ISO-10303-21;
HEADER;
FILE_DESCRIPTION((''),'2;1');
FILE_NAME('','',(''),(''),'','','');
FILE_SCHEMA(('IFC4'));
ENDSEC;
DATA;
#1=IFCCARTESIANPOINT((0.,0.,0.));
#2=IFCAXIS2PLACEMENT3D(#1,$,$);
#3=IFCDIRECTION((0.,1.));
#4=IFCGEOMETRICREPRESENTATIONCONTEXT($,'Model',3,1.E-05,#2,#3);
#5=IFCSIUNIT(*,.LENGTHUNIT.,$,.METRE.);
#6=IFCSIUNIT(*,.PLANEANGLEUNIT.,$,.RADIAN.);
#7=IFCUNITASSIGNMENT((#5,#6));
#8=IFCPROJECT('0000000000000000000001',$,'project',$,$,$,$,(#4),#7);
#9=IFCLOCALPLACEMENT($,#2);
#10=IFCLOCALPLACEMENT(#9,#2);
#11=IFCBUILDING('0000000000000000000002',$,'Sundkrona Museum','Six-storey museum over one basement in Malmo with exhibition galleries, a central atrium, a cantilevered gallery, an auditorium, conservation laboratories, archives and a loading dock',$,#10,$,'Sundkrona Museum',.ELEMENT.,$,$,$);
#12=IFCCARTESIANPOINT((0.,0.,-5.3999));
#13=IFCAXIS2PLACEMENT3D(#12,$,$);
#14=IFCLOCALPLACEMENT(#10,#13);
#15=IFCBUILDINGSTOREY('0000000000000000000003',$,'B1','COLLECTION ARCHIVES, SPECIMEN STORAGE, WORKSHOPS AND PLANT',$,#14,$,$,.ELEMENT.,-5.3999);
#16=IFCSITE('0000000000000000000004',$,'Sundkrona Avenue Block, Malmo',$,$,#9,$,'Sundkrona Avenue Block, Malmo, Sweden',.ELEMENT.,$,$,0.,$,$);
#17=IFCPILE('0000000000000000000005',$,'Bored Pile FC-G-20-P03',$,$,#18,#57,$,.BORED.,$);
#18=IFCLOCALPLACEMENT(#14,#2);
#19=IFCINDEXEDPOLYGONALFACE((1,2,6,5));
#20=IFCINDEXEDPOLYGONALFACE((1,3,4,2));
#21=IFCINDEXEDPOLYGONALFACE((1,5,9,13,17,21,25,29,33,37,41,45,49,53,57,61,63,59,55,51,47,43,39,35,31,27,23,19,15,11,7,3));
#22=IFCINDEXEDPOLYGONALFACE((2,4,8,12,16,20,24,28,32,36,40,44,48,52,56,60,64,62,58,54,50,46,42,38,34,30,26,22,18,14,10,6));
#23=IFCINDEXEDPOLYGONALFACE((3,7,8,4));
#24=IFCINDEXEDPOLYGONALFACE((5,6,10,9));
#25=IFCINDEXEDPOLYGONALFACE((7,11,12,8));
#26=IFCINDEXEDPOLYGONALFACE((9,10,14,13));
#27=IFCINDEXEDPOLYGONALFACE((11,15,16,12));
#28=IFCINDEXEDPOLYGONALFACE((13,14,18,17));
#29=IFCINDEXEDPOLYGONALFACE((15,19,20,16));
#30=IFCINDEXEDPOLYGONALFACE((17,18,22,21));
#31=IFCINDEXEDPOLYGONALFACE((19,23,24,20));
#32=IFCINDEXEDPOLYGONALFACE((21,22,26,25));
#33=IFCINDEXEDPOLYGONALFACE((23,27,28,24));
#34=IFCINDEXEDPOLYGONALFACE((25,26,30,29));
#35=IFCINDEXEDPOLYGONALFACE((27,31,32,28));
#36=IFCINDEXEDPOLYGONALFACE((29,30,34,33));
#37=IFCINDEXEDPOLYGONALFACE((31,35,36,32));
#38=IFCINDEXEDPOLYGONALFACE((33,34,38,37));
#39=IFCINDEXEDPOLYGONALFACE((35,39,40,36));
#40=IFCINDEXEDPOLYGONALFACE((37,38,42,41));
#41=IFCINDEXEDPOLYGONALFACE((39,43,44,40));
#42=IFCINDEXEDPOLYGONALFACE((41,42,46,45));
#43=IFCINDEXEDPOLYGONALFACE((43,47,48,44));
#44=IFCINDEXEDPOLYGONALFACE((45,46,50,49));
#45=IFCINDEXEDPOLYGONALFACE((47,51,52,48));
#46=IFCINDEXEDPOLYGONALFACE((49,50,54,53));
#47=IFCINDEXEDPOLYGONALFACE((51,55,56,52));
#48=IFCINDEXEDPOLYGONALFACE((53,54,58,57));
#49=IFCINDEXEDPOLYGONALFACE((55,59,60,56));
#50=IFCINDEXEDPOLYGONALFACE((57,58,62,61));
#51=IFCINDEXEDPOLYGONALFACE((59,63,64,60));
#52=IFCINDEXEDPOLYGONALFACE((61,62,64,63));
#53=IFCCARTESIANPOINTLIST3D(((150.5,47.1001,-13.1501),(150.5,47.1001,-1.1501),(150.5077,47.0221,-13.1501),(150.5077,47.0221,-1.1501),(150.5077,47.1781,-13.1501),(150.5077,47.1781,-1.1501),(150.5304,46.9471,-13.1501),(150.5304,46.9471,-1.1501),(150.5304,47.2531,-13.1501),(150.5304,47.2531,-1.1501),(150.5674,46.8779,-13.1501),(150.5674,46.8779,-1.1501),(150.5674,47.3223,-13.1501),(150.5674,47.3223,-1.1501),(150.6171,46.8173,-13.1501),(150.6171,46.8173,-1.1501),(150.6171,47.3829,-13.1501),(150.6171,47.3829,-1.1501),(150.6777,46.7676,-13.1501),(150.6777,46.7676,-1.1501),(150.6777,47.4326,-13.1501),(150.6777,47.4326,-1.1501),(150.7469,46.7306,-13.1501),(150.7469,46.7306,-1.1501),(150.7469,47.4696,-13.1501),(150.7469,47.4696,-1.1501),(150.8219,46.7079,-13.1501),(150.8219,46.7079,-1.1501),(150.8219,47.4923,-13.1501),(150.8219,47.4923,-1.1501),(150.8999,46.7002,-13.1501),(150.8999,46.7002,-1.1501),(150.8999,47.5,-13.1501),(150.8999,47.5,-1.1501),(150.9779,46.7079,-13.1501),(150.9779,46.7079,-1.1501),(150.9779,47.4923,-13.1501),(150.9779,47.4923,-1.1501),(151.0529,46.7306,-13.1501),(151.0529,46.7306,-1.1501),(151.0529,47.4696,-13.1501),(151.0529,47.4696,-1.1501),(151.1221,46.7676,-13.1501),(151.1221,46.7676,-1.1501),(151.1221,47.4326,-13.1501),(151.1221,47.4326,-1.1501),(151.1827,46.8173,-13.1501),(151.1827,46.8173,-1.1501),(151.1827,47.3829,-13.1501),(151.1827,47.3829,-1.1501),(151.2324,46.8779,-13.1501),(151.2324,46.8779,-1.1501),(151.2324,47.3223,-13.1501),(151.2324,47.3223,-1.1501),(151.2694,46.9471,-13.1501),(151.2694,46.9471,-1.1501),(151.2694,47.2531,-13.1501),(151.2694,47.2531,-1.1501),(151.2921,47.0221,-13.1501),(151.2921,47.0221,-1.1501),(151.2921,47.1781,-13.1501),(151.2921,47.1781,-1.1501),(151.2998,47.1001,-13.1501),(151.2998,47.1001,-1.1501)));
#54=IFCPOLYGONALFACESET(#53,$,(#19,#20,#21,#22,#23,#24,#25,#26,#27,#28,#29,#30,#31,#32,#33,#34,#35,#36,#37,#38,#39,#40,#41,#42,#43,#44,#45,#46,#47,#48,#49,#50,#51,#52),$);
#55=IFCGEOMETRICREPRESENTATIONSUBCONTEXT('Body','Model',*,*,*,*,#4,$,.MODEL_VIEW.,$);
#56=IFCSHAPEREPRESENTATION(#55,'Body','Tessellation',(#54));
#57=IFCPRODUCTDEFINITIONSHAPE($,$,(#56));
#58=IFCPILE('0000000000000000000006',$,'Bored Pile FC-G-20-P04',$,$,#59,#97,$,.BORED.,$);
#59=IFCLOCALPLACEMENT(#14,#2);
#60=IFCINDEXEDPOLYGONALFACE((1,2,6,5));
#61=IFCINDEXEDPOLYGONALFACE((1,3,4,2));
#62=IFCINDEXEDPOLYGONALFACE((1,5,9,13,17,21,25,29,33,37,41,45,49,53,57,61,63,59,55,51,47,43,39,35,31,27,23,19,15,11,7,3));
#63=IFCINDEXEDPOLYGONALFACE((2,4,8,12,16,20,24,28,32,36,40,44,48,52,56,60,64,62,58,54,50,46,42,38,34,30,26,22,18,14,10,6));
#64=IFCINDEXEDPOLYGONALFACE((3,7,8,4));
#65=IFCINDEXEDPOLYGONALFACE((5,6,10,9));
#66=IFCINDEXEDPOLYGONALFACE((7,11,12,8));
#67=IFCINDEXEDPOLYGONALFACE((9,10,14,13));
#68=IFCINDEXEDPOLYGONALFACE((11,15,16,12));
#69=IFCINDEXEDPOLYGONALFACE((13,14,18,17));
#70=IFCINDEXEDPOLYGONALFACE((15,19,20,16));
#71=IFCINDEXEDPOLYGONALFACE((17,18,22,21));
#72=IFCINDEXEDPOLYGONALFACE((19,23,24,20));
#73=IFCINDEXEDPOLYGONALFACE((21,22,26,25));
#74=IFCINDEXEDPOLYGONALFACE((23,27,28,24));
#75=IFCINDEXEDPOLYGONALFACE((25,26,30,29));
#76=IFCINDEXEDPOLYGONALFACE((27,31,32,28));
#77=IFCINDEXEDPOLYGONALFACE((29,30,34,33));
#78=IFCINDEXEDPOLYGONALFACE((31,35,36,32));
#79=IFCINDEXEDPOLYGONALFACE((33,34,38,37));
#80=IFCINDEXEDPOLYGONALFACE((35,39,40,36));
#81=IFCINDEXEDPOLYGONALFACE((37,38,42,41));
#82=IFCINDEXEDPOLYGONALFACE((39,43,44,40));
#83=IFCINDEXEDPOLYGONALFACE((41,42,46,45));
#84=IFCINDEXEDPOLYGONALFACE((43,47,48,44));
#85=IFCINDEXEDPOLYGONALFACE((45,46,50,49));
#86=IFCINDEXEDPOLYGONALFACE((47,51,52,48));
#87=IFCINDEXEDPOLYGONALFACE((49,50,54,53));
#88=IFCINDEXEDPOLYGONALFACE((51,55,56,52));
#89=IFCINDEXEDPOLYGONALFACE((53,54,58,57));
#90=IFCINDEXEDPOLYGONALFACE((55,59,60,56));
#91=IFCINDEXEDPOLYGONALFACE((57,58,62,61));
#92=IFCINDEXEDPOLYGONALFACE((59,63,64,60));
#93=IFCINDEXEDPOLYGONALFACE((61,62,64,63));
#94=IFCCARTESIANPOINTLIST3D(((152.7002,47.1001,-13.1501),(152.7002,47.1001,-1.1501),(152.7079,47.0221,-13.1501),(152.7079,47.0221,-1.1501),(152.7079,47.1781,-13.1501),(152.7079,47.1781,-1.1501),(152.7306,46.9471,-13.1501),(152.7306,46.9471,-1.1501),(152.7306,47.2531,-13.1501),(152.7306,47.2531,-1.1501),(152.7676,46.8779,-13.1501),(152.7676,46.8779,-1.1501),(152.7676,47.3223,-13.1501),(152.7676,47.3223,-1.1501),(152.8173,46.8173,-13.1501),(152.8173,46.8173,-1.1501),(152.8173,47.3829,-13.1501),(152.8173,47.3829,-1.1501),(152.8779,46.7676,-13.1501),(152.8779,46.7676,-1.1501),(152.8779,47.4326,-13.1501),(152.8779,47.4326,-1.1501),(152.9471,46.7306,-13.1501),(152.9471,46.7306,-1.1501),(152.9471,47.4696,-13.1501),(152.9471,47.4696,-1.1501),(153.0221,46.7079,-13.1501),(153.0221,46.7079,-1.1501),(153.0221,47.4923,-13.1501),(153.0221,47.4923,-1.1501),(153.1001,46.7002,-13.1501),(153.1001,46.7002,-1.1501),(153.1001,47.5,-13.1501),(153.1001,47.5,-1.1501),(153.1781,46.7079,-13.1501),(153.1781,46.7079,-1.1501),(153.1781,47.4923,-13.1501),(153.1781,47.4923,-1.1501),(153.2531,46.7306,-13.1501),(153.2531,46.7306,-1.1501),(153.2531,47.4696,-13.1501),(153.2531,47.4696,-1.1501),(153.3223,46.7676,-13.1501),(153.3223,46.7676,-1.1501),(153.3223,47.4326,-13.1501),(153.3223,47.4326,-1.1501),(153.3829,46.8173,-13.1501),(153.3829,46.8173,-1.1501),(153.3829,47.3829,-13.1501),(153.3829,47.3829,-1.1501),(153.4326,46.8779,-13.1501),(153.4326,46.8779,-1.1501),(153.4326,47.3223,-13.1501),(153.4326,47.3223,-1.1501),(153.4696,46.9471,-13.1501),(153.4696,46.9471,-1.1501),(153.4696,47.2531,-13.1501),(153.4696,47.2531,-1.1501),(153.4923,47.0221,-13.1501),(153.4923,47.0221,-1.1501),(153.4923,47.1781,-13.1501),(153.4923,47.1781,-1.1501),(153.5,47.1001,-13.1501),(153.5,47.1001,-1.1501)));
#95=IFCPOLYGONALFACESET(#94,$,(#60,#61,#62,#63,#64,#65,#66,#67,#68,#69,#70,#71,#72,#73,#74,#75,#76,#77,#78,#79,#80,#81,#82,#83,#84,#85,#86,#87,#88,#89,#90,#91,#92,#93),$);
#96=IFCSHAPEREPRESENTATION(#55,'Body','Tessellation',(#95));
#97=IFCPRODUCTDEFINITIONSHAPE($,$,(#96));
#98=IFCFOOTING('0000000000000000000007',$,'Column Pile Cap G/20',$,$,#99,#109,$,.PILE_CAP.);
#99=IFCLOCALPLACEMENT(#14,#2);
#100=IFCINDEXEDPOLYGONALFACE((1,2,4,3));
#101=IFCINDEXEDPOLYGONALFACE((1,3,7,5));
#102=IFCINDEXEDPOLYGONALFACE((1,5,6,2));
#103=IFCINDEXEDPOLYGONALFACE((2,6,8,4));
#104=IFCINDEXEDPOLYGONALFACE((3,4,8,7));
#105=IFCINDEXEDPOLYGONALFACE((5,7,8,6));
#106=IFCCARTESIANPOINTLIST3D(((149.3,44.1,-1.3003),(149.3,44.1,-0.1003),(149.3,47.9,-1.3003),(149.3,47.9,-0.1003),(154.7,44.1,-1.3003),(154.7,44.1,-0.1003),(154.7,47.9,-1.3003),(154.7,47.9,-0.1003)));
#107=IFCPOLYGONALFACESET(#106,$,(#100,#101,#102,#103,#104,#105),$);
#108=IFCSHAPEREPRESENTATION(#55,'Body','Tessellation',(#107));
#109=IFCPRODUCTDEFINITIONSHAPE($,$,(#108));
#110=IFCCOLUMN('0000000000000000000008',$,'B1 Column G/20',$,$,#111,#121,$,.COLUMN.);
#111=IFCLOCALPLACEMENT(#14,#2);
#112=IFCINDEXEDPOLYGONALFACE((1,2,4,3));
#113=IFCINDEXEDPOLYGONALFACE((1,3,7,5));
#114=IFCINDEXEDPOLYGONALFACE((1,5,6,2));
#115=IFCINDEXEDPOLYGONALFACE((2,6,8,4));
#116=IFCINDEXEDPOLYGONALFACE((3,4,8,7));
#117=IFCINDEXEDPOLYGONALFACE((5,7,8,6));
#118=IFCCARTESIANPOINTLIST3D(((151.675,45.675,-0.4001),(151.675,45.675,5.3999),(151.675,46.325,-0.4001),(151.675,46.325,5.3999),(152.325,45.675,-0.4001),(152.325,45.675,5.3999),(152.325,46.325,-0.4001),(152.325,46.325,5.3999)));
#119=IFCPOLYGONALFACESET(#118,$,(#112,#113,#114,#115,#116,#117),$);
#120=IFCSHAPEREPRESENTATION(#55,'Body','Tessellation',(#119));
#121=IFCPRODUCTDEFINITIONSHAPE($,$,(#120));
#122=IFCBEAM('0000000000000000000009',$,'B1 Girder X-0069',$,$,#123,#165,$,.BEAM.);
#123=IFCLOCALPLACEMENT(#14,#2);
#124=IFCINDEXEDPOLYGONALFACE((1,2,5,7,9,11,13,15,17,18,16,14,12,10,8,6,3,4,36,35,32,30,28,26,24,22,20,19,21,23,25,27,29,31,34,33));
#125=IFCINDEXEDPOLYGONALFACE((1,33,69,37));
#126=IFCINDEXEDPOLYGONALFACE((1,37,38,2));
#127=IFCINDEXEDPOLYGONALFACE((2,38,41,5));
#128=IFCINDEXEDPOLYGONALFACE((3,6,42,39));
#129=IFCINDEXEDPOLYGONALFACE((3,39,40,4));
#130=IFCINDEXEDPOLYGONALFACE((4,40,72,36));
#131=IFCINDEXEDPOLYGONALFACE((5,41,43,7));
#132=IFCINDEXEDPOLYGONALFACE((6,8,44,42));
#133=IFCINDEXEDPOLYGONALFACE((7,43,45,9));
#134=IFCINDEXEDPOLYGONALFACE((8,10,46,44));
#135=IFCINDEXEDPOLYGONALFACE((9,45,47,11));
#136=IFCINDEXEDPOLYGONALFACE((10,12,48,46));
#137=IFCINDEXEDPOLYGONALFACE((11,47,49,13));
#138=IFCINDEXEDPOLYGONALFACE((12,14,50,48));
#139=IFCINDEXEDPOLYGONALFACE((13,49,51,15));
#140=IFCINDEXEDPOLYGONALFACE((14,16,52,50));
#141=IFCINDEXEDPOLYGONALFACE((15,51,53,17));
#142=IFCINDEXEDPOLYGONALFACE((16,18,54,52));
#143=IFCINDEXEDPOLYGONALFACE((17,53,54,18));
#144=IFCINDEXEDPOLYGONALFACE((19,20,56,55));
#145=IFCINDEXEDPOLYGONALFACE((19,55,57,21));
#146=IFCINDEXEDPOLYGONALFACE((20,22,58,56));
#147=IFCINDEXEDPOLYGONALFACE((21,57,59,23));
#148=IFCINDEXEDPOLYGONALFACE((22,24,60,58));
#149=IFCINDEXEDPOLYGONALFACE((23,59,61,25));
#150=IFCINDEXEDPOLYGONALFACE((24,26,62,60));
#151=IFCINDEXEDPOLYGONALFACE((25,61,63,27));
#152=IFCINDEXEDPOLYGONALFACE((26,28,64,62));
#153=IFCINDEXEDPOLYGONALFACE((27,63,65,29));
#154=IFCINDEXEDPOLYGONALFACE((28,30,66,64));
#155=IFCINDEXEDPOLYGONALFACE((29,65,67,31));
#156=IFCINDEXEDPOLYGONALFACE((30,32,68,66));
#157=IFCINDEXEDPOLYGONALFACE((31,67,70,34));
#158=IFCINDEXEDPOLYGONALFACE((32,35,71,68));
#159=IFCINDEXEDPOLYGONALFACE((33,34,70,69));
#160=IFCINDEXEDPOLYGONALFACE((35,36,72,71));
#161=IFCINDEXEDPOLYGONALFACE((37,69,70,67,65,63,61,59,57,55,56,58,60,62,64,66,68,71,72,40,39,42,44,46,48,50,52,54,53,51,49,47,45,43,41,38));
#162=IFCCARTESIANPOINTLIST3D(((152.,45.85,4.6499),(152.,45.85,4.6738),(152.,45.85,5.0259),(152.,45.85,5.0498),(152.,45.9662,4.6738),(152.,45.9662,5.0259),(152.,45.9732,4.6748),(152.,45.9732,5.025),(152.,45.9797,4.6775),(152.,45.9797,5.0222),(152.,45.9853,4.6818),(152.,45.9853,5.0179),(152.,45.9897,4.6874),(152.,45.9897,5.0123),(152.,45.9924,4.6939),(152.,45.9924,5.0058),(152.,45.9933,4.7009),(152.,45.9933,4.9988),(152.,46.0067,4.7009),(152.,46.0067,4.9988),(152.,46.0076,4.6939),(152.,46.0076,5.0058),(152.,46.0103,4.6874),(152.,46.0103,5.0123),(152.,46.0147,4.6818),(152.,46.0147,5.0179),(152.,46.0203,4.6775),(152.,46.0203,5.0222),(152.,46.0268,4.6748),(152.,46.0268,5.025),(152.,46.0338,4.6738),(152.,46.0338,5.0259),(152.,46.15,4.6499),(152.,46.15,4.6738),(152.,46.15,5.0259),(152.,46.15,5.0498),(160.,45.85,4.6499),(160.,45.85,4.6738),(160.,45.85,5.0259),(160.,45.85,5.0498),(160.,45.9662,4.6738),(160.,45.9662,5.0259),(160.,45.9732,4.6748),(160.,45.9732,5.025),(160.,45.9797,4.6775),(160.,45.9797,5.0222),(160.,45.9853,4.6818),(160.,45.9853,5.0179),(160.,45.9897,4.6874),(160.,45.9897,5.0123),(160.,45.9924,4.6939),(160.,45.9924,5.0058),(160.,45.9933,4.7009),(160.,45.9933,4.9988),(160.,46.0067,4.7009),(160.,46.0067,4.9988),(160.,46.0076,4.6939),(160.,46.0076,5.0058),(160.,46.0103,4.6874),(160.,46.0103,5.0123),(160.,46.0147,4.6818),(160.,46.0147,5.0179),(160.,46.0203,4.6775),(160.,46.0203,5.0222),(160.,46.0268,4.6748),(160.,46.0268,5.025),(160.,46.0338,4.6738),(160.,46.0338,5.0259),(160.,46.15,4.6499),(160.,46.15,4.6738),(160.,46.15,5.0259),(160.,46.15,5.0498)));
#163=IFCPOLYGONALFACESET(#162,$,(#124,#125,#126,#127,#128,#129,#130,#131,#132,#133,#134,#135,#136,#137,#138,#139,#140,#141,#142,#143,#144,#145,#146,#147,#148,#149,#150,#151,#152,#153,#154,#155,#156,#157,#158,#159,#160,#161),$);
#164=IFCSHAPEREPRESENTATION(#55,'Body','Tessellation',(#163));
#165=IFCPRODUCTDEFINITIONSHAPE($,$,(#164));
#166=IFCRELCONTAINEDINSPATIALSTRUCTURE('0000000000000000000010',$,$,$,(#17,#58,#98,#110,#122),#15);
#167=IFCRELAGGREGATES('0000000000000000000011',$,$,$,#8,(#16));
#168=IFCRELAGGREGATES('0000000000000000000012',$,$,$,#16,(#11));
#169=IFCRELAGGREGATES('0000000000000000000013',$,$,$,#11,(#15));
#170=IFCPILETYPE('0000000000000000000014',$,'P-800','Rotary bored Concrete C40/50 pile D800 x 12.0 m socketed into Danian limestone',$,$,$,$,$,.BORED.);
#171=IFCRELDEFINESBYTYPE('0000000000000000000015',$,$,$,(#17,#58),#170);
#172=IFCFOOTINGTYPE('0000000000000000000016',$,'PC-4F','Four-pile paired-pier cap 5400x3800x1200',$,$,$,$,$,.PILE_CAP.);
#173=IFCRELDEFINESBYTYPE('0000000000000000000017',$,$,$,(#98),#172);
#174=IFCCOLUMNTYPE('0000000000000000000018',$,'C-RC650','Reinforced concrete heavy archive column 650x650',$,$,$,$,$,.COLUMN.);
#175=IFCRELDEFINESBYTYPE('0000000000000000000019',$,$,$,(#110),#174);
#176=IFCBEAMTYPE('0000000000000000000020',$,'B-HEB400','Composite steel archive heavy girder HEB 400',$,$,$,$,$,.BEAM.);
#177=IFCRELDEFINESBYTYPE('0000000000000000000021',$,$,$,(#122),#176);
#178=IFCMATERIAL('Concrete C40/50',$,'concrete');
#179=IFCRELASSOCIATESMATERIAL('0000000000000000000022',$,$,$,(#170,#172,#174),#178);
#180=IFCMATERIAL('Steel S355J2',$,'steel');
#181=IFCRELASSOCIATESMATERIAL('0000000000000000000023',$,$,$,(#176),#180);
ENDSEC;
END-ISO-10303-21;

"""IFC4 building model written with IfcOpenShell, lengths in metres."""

from ifc_helpers import new_model, si_unit, direction, frame, origin, origin_2d, place, context, subcontext, project, spatial, rectangle, circle, i_section, extrude, material, material_profile, profile_set, type_object, element, save


model = new_model("IFC4")

# Units and contexts
model_context = context("Model", 3, precision=1e-05, world=origin(), true_north=direction((0.0, 1.0)))
body_context = subcontext(model_context, "Body", "Model", "MODEL_VIEW")
ifc_project = project(units=[si_unit("LENGTHUNIT", "METRE"), si_unit("PLANEANGLEUNIT", "RADIAN")], contexts=[model_context])

# Site, building, storey
site_placement = place(None, origin())
site = spatial("IfcSite", under=ifc_project, at=site_placement, Name="Sundkrona Avenue Block, Malmo", LongName="Sundkrona Avenue Block, Malmo, Sweden", CompositionType="ELEMENT", RefElevation=0.0)
building_placement = place(site_placement, origin())
building = spatial("IfcBuilding", under=site, at=building_placement, Name="Sundkrona Museum", Description="Six-storey museum over one basement in Malmo with exhibition galleries, a central atrium, a cantilevered gallery, an auditorium, conservation laboratories, archives and a loading dock", LongName="Sundkrona Museum", CompositionType="ELEMENT")
storey_placement = place(building_placement, frame((0.0, 0.0, -5.3999)))
storey = spatial("IfcBuildingStorey", under=building, at=storey_placement, Name="B1", Description="COLLECTION ARCHIVES, SPECIMEN STORAGE, WORKSHOPS AND PLANT", CompositionType="ELEMENT", Elevation=-5.3999)

# Shared definitions
ifc_material_1 = material(Name="Concrete C40/50", Category="concrete")

# Piles
ifc_material_profile_1 = material_profile(ifc_material_1, circle(Radius=0.3999, at=origin_2d()), Name="PILE D800")
ifc_profile_set_1 = profile_set([ifc_material_profile_1], Name="Concrete C40/50")
pile_type = type_object("IfcPileType", Name="P-800", Description="Rotary bored Concrete C40/50 pile D800 x 12.0 m socketed into Danian limestone", PredefinedType="BORED", material=ifc_profile_set_1)
for number, where, z_axis, x_axis, name in (
    (1, (150.8999, 47.1001, -1.1501), (0.0, 0.0, -1.0), (1.0, 0.0, 0.0), "Bored Pile FC-G-20-P03"),
    (2, (153.1001, 47.1001, -1.1501), (0.0, 0.0, -1.0), (1.0, 0.0, 0.0), "Bored Pile FC-G-20-P04"),
):
    element("IfcPile", number, at=place(storey_placement, frame(where, z_axis=z_axis, x_axis=x_axis)), inside=storey, type_object=pile_type, Name=name, PredefinedType="BORED", context=body_context, shape_type="SweptSolid", body=[
        extrude(circle(Radius=0.3999, at=origin_2d()), origin(), (0.0, 0.0, 1.0), 12.0),
    ])

# Footing
footing_type_1 = type_object("IfcFootingType", Name="PC-4F", Description="Four-pile paired-pier cap 5400x3800x1200", PredefinedType="PILE_CAP", material=ifc_material_1)
footing_1_placement = place(storey_placement, frame((152.0, 46.0, -1.3003), z_axis=(0.0, 0.0, 1.0), x_axis=(1.0, 0.0, 0.0)))
element("IfcFooting", 3, at=footing_1_placement, inside=storey, type_object=footing_type_1, Name="Column Pile Cap G/20", PredefinedType="PILE_CAP", context=body_context, shape_type="SweptSolid", body=[
    extrude(rectangle(XDim=5.3999, YDim=3.8, at=origin_2d()), origin(), (0.0, 0.0, 1.0), 1.2),
])

# Column
ifc_material_profile_2 = material_profile(ifc_material_1, rectangle(XDim=0.6499, YDim=0.6499, at=origin_2d()), Name="RC 650x650")
ifc_profile_set_2 = profile_set([ifc_material_profile_2], Name="Concrete C40/50")
column_type = type_object("IfcColumnType", Name="C-RC650", Description="Reinforced concrete heavy archive column 650x650", PredefinedType="COLUMN", material=ifc_profile_set_2)
column_placement = place(storey_placement, frame((152.0, 46.0, -0.4001), z_axis=(0.0, 0.0, 1.0), x_axis=(1.0, 0.0, 0.0)))
element("IfcColumn", 4, at=column_placement, inside=storey, type_object=column_type, Name="B1 Column G/20", PredefinedType="COLUMN", context=body_context, shape_type="SweptSolid", body=[
    extrude(rectangle(XDim=0.6499, YDim=0.6499, at=origin_2d()), origin(), (0.0, 0.0, 1.0), 5.8),
])

# Beam
ifc_material_2 = material(Name="Steel S355J2", Category="steel")
ifc_material_profile_3 = material_profile(ifc_material_2, i_section(OverallWidth=0.3, OverallDepth=0.3999, WebThickness=0.0134, FlangeThickness=0.0239, FilletRadius=0.0271, at=origin_2d()), Name="HEB 400")
ifc_profile_set_3 = profile_set([ifc_material_profile_3], Name="Steel S355J2")
beam_type_1 = type_object("IfcBeamType", Name="B-HEB400", Description="Composite steel archive heavy girder HEB 400", PredefinedType="BEAM", material=ifc_profile_set_3)
for number, where, z_axis, x_axis, name in (
    (5, (152.0, 46.0, 4.8499), (1.0, 0.0, 0.0), (0.0, 1.0, 0.0), "B1 Girder X-0069"),
):
    element("IfcBeam", number, at=place(storey_placement, frame(where, z_axis=z_axis, x_axis=x_axis)), inside=storey, type_object=beam_type_1, Name=name, PredefinedType="BEAM", context=body_context, shape_type="SweptSolid", body=[
        extrude(i_section(OverallWidth=0.3, OverallDepth=0.3999, WebThickness=0.0134, FlangeThickness=0.0239, FilletRadius=0.0271, at=origin_2d()), origin(), (0.0, 0.0, 1.0), 8.0),
    ])

save(model, "model.ifc")
